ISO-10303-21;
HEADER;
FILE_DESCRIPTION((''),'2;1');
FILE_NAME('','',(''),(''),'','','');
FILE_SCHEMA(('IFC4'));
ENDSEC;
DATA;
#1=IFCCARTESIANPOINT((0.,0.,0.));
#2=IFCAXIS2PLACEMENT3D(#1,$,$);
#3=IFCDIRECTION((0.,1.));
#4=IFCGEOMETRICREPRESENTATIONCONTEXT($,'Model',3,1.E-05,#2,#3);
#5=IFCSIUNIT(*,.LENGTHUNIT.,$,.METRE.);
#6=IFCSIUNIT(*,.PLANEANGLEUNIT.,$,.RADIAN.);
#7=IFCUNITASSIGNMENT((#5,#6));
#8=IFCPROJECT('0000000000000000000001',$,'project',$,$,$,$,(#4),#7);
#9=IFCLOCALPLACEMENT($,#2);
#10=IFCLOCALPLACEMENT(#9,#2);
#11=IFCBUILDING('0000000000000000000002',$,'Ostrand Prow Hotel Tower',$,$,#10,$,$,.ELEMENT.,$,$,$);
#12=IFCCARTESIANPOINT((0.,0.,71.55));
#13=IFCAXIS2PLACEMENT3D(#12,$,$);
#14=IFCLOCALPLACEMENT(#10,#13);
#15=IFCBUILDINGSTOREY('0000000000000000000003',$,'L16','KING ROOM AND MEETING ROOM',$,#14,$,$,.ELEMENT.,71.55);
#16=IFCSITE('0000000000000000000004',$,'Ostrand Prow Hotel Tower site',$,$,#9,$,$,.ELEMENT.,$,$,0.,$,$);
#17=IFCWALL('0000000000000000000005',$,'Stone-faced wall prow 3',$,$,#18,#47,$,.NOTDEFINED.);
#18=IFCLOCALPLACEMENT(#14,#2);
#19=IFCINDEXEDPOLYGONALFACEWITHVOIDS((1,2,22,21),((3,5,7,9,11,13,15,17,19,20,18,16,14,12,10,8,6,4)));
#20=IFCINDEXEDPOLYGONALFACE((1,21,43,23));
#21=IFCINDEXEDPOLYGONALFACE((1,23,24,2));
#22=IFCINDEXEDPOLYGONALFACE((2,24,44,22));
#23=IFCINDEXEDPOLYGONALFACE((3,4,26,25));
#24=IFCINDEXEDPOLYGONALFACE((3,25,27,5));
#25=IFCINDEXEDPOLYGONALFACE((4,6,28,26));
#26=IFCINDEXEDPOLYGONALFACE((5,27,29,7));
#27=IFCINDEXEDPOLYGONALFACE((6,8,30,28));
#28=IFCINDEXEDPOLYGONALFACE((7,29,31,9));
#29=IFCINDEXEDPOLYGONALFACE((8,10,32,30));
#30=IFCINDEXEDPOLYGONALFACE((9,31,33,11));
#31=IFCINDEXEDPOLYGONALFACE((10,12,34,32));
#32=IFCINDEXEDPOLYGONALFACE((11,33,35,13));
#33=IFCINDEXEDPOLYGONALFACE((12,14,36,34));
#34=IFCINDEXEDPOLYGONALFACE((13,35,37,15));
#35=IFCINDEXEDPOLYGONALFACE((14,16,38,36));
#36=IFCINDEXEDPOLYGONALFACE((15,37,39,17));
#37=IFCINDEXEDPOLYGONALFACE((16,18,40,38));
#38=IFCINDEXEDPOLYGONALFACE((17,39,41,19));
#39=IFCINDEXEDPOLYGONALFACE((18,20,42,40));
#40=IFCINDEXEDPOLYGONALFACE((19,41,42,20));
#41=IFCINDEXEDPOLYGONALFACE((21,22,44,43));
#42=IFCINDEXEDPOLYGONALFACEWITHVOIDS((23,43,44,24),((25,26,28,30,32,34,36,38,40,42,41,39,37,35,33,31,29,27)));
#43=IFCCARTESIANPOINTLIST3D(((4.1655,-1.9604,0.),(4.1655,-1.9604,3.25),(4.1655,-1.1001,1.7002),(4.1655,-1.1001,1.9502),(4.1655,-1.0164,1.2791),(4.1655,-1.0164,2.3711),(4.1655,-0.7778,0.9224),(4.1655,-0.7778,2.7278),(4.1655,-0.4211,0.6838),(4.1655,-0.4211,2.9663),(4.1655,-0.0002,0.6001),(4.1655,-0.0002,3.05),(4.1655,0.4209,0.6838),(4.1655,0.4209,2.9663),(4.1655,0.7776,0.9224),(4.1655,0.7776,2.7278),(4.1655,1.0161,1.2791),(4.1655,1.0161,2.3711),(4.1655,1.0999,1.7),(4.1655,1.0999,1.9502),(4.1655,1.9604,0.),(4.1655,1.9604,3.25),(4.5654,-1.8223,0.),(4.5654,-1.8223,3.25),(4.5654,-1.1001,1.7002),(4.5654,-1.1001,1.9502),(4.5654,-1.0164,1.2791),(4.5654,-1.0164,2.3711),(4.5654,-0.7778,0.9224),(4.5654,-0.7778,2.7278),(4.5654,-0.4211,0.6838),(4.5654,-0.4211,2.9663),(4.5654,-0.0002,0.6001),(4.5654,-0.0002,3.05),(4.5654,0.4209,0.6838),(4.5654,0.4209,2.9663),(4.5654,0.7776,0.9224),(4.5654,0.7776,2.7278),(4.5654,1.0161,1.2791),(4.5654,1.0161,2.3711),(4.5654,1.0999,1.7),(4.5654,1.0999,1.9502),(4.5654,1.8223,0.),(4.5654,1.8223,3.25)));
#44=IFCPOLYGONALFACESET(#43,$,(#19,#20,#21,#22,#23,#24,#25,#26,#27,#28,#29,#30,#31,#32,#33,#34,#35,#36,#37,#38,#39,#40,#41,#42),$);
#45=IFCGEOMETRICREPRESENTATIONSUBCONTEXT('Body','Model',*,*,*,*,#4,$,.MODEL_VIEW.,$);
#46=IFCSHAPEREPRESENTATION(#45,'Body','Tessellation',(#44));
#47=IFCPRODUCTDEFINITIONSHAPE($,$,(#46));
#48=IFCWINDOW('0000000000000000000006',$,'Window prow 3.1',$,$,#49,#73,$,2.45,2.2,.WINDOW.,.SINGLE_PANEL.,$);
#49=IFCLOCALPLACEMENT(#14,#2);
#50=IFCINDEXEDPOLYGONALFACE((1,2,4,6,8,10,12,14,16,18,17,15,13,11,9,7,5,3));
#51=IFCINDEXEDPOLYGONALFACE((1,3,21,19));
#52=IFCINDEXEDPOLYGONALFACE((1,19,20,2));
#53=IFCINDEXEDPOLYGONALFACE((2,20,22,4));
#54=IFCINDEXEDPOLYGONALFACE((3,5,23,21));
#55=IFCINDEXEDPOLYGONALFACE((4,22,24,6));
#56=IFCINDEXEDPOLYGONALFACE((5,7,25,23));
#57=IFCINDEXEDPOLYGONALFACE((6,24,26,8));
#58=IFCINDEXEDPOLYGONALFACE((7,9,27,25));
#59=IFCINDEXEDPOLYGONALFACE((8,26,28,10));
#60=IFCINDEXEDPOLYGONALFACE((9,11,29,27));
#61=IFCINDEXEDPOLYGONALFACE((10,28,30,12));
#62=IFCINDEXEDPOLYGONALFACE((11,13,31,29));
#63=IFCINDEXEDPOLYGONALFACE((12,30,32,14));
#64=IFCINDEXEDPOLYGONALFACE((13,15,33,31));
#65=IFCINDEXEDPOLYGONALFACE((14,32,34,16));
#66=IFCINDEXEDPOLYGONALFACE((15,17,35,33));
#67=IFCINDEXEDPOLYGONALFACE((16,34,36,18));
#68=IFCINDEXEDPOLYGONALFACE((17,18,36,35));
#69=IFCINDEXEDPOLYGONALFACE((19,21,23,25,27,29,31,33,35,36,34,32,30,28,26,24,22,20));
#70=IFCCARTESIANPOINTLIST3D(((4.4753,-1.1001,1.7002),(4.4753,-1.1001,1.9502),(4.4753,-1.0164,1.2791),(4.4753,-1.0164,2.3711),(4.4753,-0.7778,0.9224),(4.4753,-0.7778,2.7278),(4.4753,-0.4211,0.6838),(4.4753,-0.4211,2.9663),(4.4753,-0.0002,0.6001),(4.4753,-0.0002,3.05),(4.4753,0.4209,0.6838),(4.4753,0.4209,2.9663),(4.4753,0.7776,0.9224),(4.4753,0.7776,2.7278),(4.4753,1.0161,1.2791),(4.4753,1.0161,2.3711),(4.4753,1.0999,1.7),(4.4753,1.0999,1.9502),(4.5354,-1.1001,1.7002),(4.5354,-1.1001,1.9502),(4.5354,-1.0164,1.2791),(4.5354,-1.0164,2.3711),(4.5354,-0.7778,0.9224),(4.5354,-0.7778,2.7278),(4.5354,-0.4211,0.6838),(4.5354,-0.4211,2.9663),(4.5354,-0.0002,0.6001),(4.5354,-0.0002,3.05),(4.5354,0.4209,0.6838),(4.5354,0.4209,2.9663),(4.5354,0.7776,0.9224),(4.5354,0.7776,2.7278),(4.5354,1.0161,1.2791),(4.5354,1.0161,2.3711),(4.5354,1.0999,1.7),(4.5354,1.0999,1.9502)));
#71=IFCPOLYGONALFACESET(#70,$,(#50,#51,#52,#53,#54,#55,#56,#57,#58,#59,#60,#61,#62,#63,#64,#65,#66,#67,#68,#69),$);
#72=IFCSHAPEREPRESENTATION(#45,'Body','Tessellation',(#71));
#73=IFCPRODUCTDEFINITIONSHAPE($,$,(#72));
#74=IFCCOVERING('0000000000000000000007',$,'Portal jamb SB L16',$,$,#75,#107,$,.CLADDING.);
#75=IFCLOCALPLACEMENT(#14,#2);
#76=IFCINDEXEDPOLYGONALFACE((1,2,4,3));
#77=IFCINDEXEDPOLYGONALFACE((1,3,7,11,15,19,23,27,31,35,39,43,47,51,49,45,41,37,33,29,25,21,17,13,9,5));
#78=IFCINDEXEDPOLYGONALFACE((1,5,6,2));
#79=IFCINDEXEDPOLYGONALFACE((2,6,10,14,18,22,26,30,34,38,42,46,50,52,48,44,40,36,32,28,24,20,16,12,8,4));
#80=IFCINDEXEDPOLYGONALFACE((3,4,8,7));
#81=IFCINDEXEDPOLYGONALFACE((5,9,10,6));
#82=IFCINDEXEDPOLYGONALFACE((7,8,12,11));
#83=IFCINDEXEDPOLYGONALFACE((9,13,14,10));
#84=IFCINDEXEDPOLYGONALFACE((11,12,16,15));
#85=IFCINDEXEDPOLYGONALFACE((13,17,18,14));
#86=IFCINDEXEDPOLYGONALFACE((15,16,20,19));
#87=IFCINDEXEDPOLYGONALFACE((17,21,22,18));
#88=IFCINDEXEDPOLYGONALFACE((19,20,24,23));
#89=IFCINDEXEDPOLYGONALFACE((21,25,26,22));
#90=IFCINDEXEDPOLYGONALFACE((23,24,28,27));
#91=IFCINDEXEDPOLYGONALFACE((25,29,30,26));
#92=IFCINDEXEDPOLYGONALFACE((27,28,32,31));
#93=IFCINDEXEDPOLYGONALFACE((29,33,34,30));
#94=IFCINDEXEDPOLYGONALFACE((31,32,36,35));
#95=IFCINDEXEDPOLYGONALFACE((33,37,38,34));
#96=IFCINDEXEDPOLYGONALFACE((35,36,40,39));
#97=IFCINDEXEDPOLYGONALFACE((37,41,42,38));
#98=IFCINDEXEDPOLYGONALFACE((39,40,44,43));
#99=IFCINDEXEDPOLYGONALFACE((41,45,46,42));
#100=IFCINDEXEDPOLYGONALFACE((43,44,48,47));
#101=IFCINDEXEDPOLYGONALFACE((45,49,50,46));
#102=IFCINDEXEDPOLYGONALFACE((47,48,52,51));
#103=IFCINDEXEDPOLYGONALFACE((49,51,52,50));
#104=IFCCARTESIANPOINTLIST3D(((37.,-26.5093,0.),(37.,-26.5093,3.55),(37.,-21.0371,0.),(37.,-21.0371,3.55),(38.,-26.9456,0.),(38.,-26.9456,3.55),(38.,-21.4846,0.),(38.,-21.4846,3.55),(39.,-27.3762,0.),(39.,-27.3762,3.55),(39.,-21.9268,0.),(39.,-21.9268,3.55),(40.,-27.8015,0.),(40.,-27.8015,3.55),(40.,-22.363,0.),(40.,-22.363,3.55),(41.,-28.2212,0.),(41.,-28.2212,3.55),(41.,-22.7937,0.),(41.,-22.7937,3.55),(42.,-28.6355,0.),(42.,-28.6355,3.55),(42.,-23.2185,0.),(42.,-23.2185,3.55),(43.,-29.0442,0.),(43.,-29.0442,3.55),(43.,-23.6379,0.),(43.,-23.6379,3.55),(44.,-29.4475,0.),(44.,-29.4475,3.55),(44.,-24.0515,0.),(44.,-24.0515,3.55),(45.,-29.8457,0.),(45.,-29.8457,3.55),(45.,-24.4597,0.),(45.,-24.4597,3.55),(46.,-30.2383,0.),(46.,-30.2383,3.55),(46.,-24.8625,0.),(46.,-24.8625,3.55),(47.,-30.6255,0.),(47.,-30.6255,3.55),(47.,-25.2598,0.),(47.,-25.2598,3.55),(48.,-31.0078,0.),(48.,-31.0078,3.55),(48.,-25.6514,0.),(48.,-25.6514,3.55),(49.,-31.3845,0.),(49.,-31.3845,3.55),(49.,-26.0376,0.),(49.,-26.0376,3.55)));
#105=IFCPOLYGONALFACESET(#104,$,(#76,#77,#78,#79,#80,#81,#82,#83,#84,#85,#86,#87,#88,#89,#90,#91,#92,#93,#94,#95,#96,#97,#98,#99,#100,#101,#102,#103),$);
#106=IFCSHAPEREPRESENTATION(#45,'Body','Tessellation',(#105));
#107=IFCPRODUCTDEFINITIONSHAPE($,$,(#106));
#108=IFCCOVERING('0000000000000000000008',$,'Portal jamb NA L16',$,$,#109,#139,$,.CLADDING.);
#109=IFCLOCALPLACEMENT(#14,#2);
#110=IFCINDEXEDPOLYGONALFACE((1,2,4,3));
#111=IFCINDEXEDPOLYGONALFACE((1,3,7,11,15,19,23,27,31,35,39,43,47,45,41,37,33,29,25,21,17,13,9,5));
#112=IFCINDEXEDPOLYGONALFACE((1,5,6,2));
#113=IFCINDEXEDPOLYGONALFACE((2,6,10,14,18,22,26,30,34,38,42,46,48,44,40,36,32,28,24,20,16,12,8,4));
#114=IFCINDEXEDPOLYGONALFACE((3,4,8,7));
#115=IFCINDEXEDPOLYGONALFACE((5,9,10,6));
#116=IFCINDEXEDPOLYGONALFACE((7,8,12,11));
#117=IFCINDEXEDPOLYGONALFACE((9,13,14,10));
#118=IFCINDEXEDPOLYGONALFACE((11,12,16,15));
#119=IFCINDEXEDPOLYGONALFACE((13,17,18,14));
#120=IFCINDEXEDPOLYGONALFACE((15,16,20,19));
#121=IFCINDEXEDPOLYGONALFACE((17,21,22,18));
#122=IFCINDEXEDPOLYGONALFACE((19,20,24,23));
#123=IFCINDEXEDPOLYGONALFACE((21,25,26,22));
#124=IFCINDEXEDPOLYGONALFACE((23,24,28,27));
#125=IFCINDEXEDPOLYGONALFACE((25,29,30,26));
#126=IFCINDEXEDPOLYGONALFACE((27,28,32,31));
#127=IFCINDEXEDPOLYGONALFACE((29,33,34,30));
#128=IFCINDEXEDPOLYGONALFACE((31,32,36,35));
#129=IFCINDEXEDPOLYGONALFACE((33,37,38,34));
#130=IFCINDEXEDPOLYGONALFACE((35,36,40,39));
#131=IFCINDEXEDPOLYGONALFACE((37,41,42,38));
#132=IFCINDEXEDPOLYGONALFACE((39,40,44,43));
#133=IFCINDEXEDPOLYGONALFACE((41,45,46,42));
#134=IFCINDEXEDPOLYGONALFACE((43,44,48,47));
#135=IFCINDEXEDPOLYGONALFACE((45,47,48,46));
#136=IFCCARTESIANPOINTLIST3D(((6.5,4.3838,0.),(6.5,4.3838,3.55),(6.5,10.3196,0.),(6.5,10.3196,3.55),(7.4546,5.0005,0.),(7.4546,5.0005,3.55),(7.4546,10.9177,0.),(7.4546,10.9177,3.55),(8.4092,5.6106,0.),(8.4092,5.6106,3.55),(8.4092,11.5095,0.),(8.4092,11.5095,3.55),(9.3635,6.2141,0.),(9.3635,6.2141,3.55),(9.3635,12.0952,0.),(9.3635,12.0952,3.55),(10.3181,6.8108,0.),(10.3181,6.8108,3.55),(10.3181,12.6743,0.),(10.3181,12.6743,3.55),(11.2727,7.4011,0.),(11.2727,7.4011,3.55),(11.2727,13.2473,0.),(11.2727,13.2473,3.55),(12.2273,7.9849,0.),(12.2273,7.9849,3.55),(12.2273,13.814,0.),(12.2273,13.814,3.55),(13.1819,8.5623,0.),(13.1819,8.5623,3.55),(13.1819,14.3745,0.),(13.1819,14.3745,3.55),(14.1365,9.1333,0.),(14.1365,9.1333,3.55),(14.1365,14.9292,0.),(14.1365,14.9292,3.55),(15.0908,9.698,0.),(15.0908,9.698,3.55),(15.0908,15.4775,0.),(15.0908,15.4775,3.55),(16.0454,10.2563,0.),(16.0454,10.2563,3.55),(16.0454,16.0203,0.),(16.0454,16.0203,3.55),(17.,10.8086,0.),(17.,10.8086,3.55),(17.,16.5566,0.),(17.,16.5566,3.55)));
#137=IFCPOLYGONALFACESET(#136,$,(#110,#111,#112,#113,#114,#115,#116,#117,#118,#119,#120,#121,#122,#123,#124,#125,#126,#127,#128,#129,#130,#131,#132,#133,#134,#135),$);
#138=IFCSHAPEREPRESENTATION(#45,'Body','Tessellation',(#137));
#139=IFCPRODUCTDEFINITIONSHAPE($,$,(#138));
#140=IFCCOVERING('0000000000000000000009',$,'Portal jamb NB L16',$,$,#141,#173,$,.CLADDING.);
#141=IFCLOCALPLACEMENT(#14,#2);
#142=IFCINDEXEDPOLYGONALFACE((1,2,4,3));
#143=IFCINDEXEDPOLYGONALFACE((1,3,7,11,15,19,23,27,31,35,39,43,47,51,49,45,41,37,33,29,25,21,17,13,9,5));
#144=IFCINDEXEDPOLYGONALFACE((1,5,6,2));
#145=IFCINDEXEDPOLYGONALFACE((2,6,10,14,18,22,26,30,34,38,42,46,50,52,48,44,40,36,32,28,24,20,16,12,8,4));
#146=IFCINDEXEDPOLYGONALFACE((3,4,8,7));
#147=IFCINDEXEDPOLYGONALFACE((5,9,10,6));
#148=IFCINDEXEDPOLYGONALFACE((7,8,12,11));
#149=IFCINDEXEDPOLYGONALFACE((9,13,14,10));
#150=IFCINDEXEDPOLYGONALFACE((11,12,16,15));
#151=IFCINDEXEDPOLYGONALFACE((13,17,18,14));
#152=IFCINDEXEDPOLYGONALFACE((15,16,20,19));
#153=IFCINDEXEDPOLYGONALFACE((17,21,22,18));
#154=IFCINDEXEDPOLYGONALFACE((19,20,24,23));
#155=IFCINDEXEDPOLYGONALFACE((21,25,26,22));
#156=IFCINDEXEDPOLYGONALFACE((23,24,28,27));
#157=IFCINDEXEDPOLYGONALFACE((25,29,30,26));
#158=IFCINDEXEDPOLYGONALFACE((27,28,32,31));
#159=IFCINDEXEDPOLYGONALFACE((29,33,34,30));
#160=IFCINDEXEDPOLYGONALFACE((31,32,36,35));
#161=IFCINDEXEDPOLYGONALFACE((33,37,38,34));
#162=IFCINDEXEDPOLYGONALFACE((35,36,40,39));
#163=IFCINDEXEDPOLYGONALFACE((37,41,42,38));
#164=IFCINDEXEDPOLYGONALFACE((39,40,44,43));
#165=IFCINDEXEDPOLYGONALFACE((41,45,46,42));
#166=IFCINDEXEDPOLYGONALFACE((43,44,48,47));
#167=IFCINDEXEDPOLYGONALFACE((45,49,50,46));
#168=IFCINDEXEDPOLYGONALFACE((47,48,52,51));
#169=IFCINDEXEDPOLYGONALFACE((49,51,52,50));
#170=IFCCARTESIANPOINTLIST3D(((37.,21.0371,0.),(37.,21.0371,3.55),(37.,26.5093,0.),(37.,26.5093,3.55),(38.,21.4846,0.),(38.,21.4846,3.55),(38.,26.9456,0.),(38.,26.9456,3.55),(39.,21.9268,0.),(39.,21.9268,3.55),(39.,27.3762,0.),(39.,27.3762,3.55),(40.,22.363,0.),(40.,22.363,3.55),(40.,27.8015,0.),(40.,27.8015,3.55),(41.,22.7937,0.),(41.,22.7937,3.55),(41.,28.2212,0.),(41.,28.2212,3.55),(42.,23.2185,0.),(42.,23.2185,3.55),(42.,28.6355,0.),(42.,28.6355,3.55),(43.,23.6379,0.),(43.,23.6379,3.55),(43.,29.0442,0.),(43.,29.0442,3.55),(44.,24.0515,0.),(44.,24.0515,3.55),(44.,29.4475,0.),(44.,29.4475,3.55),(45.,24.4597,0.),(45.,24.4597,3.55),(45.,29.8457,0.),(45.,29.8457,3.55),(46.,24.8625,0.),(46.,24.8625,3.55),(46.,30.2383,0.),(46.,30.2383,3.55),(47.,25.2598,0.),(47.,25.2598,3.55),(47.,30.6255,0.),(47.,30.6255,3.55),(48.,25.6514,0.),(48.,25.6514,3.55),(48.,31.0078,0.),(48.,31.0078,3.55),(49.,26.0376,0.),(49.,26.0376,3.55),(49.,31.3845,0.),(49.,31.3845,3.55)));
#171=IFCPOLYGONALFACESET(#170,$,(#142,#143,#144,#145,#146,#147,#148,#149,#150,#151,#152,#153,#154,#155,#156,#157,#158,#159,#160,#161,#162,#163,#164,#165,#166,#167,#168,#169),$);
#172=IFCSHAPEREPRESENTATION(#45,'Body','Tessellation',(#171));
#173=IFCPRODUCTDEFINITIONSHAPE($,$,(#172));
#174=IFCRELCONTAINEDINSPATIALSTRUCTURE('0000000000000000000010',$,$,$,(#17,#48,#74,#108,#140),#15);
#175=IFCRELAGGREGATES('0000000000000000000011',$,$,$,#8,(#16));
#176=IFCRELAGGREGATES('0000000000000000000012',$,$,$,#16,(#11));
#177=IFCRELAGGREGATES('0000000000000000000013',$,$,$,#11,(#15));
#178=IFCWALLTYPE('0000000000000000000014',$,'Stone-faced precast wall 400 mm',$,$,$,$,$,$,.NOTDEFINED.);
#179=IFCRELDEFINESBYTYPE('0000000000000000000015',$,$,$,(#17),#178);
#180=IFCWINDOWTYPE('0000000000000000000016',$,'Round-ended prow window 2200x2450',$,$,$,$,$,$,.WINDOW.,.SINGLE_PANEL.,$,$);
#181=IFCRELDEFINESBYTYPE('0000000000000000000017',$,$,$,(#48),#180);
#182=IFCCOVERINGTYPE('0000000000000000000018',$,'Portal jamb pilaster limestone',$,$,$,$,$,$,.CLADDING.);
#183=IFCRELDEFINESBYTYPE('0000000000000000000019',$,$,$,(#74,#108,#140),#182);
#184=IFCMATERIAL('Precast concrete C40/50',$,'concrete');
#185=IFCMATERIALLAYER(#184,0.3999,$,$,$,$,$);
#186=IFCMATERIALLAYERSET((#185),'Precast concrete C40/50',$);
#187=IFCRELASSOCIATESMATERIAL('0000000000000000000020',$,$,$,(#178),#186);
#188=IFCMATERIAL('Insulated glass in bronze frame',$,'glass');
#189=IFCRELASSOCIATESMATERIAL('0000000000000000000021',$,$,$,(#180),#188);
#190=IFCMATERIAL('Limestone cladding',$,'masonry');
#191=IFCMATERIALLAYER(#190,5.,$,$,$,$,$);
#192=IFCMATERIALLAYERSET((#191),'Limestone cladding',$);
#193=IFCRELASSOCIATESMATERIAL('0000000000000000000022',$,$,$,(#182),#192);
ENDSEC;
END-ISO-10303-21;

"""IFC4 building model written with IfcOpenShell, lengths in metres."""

from ifc_helpers import new_model, si_unit, direction, frame, origin, place, context, subcontext, project, spatial, polyline, outline, extrude, material, layer, layer_set, type_object, element, fill, save


model = new_model("IFC4")

# Units and contexts
model_context = context("Model", 3, precision=1e-05, world=origin(), true_north=direction((0.0, 1.0)))
body_context = subcontext(model_context, "Body", "Model", "MODEL_VIEW")
ifc_project = project(units=[si_unit("LENGTHUNIT", "METRE"), si_unit("PLANEANGLEUNIT", "RADIAN")], contexts=[model_context])

# Site, building, storey
site_placement = place(None, origin())
site = spatial("IfcSite", under=ifc_project, at=site_placement, Name="Ostrand Prow Hotel Tower site", CompositionType="ELEMENT", RefElevation=0.0)
building_placement = place(site_placement, origin())
building = spatial("IfcBuilding", under=site, at=building_placement, Name="Ostrand Prow Hotel Tower", CompositionType="ELEMENT")
storey_placement = place(building_placement, frame((0.0, 0.0, 71.55)))
storey = spatial("IfcBuildingStorey", under=building, at=storey_placement, Name="L16", Description="KING ROOM AND MEETING ROOM", CompositionType="ELEMENT", Elevation=71.55)

# Wall, opening, window
ifc_material_1 = material(Name="Precast concrete C40/50", Category="concrete")
ifc_layer_1 = layer(ifc_material_1, 0.3999)
ifc_layer_set_1 = layer_set([ifc_layer_1], Name="Precast concrete C40/50")
wall_type_1 = type_object("IfcWallType", Name="Stone-faced precast wall 400 mm", PredefinedType="NOTDEFINED", material=ifc_layer_set_1)
ifc_material_2 = material(Name="Insulated glass in bronze frame", Category="glass")
window_type = type_object("IfcWindowType", Name="Round-ended prow window 2200x2450", PartitioningType="SINGLE_PANEL", PredefinedType="WINDOW", material=ifc_material_2)
wall_1_placement = place(storey_placement, frame((4.3655, 1.8914, 0.0), z_axis=(0.0, 0.0, 1.0), x_axis=(0.0, -1.0, 0.0)))
wall_1 = element("IfcWall", 1, at=wall_1_placement, inside=storey, type_object=wall_type_1, Name="Stone-faced wall prow 3", PredefinedType="NOTDEFINED", context=body_context, shape_type="SweptSolid", body=[
    extrude(outline(polyline([(-0.0691, -0.2), (3.8518, -0.2), (3.7136, 0.2), (0.0691, 0.2), (-0.0691, -0.2)])), origin(), (0.0, 0.0, 1.0), 3.25),
])
opening_1_placement = place(wall_1_placement, frame((0.7915, 0.0, 0.6001)))
opening_1 = element("IfcOpeningElement", 2, at=opening_1_placement, cuts=wall_1, PredefinedType="OPENING", context=body_context, shape_type="SweptSolid", body=[
    extrude(outline(polyline([(0.0, 1.3501), (0.0837, 1.771), (0.3223, 2.1277), (0.679, 2.3662), (1.1001, 2.45), (1.521, 2.3662), (1.8777, 2.1277), (2.1162, 1.771), (2.2, 1.3501), (2.2, 1.1001), (2.1162, 0.679), (1.8777, 0.3223), (1.521, 0.0837), (1.1001, 0.0), (0.679, 0.0837), (0.3223, 0.3223), (0.0837, 0.679), (0.0, 1.0999), (0.0, 1.3501)])), frame((0.0, 0.21, 0.0), z_axis=(0.0, -1.0, 0.0), x_axis=(1.0, 0.0, 0.0)), (0.0, 0.0, 1.0), 0.4199),
])
window_1_placement = place(opening_1_placement, origin())
window_1 = element("IfcWindow", 3, at=window_1_placement, inside=storey, type_object=window_type, Name="Window prow 3.1", OverallHeight=2.45, OverallWidth=2.2, PartitioningType="SINGLE_PANEL", PredefinedType="WINDOW", context=body_context, shape_type="SweptSolid", body=[
    extrude(outline(polyline([(0.0, 1.3501), (0.0837, 1.771), (0.3223, 2.1277), (0.679, 2.3662), (1.1001, 2.45), (1.521, 2.3662), (1.8777, 2.1277), (2.1162, 1.771), (2.2, 1.3501), (2.2, 1.1001), (2.1162, 0.679), (1.8777, 0.3223), (1.521, 0.0837), (1.1001, 0.0), (0.679, 0.0837), (0.3223, 0.3223), (0.0837, 0.679), (0.0, 1.0999), (0.0, 1.3501)])), frame((0.0, 0.1699, 0.0), z_axis=(0.0, -1.0, 0.0), x_axis=(1.0, 0.0, 0.0)), (0.0, 0.0, 1.0), 0.0601),
])
fill(opening_1, window_1)

# Coverings
ifc_material_3 = material(Name="Limestone cladding", Category="masonry")
ifc_layer_2 = layer(ifc_material_3, 5.0)
ifc_layer_set_2 = layer_set([ifc_layer_2], Name="Limestone cladding")
covering_type_1 = type_object("IfcCoveringType", Name="Portal jamb pilaster limestone", PredefinedType="CLADDING", material=ifc_layer_set_2)
covering_1_placement = place(storey_placement, origin())
element("IfcCovering", 4, at=covering_1_placement, inside=storey, type_object=covering_type_1, Name="Portal jamb SB L16", PredefinedType="CLADDING", context=body_context, shape_type="SweptSolid", body=[
    extrude(outline(polyline([(37.0, -21.0371), (37.0, -26.5093), (38.0, -26.9456), (39.0, -27.3762), (40.0, -27.8015), (41.0, -28.2212), (42.0, -28.6355), (43.0, -29.0442), (44.0, -29.4475), (45.0, -29.8457), (46.0, -30.2383), (47.0, -30.6255), (48.0, -31.0078), (49.0, -31.3845), (49.0, -26.0376), (48.0, -25.6514), (47.0, -25.2598), (46.0, -24.8625), (45.0, -24.4597), (44.0, -24.0515), (43.0, -23.6379), (42.0, -23.2185), (41.0, -22.7937), (40.0, -22.363), (39.0, -21.9268), (38.0, -21.4846), (37.0, -21.0371)])), origin(), (0.0, 0.0, 1.0), 3.55),
])
covering_2_placement = place(storey_placement, origin())
element("IfcCovering", 5, at=covering_2_placement, inside=storey, type_object=covering_type_1, Name="Portal jamb NA L16", PredefinedType="CLADDING", context=body_context, shape_type="SweptSolid", body=[
    extrude(outline(polyline([(6.5, 4.3838), (7.4546, 5.0005), (8.4092, 5.6106), (9.3635, 6.2141), (10.3181, 6.8108), (11.2727, 7.4011), (12.2273, 7.9849), (13.1819, 8.5623), (14.1365, 9.1333), (15.0908, 9.698), (16.0454, 10.2563), (17.0, 10.8086), (17.0, 16.5566), (16.0454, 16.0203), (15.0908, 15.4775), (14.1365, 14.9292), (13.1819, 14.3745), (12.2273, 13.814), (11.2727, 13.2473), (10.3181, 12.6743), (9.3635, 12.0952), (8.4092, 11.5095), (7.4546, 10.9177), (6.5, 10.3196), (6.5, 4.3838)])), origin(), (0.0, 0.0, 1.0), 3.55),
])
covering_3_placement = place(storey_placement, origin())
element("IfcCovering", 6, at=covering_3_placement, inside=storey, type_object=covering_type_1, Name="Portal jamb NB L16", PredefinedType="CLADDING", context=body_context, shape_type="SweptSolid", body=[
    extrude(outline(polyline([(37.0, 21.0371), (38.0, 21.4846), (39.0, 21.9268), (40.0, 22.363), (41.0, 22.7937), (42.0, 23.2185), (43.0, 23.6379), (44.0, 24.0515), (45.0, 24.4597), (46.0, 24.8625), (47.0, 25.2598), (48.0, 25.6514), (49.0, 26.0376), (49.0, 31.3845), (48.0, 31.0078), (47.0, 30.6255), (46.0, 30.2383), (45.0, 29.8457), (44.0, 29.4475), (43.0, 29.0442), (42.0, 28.6355), (41.0, 28.2212), (40.0, 27.8015), (39.0, 27.3762), (38.0, 26.9456), (37.0, 26.5093), (37.0, 21.0371)])), origin(), (0.0, 0.0, 1.0), 3.55),
])

save(model, "model.ifc")
